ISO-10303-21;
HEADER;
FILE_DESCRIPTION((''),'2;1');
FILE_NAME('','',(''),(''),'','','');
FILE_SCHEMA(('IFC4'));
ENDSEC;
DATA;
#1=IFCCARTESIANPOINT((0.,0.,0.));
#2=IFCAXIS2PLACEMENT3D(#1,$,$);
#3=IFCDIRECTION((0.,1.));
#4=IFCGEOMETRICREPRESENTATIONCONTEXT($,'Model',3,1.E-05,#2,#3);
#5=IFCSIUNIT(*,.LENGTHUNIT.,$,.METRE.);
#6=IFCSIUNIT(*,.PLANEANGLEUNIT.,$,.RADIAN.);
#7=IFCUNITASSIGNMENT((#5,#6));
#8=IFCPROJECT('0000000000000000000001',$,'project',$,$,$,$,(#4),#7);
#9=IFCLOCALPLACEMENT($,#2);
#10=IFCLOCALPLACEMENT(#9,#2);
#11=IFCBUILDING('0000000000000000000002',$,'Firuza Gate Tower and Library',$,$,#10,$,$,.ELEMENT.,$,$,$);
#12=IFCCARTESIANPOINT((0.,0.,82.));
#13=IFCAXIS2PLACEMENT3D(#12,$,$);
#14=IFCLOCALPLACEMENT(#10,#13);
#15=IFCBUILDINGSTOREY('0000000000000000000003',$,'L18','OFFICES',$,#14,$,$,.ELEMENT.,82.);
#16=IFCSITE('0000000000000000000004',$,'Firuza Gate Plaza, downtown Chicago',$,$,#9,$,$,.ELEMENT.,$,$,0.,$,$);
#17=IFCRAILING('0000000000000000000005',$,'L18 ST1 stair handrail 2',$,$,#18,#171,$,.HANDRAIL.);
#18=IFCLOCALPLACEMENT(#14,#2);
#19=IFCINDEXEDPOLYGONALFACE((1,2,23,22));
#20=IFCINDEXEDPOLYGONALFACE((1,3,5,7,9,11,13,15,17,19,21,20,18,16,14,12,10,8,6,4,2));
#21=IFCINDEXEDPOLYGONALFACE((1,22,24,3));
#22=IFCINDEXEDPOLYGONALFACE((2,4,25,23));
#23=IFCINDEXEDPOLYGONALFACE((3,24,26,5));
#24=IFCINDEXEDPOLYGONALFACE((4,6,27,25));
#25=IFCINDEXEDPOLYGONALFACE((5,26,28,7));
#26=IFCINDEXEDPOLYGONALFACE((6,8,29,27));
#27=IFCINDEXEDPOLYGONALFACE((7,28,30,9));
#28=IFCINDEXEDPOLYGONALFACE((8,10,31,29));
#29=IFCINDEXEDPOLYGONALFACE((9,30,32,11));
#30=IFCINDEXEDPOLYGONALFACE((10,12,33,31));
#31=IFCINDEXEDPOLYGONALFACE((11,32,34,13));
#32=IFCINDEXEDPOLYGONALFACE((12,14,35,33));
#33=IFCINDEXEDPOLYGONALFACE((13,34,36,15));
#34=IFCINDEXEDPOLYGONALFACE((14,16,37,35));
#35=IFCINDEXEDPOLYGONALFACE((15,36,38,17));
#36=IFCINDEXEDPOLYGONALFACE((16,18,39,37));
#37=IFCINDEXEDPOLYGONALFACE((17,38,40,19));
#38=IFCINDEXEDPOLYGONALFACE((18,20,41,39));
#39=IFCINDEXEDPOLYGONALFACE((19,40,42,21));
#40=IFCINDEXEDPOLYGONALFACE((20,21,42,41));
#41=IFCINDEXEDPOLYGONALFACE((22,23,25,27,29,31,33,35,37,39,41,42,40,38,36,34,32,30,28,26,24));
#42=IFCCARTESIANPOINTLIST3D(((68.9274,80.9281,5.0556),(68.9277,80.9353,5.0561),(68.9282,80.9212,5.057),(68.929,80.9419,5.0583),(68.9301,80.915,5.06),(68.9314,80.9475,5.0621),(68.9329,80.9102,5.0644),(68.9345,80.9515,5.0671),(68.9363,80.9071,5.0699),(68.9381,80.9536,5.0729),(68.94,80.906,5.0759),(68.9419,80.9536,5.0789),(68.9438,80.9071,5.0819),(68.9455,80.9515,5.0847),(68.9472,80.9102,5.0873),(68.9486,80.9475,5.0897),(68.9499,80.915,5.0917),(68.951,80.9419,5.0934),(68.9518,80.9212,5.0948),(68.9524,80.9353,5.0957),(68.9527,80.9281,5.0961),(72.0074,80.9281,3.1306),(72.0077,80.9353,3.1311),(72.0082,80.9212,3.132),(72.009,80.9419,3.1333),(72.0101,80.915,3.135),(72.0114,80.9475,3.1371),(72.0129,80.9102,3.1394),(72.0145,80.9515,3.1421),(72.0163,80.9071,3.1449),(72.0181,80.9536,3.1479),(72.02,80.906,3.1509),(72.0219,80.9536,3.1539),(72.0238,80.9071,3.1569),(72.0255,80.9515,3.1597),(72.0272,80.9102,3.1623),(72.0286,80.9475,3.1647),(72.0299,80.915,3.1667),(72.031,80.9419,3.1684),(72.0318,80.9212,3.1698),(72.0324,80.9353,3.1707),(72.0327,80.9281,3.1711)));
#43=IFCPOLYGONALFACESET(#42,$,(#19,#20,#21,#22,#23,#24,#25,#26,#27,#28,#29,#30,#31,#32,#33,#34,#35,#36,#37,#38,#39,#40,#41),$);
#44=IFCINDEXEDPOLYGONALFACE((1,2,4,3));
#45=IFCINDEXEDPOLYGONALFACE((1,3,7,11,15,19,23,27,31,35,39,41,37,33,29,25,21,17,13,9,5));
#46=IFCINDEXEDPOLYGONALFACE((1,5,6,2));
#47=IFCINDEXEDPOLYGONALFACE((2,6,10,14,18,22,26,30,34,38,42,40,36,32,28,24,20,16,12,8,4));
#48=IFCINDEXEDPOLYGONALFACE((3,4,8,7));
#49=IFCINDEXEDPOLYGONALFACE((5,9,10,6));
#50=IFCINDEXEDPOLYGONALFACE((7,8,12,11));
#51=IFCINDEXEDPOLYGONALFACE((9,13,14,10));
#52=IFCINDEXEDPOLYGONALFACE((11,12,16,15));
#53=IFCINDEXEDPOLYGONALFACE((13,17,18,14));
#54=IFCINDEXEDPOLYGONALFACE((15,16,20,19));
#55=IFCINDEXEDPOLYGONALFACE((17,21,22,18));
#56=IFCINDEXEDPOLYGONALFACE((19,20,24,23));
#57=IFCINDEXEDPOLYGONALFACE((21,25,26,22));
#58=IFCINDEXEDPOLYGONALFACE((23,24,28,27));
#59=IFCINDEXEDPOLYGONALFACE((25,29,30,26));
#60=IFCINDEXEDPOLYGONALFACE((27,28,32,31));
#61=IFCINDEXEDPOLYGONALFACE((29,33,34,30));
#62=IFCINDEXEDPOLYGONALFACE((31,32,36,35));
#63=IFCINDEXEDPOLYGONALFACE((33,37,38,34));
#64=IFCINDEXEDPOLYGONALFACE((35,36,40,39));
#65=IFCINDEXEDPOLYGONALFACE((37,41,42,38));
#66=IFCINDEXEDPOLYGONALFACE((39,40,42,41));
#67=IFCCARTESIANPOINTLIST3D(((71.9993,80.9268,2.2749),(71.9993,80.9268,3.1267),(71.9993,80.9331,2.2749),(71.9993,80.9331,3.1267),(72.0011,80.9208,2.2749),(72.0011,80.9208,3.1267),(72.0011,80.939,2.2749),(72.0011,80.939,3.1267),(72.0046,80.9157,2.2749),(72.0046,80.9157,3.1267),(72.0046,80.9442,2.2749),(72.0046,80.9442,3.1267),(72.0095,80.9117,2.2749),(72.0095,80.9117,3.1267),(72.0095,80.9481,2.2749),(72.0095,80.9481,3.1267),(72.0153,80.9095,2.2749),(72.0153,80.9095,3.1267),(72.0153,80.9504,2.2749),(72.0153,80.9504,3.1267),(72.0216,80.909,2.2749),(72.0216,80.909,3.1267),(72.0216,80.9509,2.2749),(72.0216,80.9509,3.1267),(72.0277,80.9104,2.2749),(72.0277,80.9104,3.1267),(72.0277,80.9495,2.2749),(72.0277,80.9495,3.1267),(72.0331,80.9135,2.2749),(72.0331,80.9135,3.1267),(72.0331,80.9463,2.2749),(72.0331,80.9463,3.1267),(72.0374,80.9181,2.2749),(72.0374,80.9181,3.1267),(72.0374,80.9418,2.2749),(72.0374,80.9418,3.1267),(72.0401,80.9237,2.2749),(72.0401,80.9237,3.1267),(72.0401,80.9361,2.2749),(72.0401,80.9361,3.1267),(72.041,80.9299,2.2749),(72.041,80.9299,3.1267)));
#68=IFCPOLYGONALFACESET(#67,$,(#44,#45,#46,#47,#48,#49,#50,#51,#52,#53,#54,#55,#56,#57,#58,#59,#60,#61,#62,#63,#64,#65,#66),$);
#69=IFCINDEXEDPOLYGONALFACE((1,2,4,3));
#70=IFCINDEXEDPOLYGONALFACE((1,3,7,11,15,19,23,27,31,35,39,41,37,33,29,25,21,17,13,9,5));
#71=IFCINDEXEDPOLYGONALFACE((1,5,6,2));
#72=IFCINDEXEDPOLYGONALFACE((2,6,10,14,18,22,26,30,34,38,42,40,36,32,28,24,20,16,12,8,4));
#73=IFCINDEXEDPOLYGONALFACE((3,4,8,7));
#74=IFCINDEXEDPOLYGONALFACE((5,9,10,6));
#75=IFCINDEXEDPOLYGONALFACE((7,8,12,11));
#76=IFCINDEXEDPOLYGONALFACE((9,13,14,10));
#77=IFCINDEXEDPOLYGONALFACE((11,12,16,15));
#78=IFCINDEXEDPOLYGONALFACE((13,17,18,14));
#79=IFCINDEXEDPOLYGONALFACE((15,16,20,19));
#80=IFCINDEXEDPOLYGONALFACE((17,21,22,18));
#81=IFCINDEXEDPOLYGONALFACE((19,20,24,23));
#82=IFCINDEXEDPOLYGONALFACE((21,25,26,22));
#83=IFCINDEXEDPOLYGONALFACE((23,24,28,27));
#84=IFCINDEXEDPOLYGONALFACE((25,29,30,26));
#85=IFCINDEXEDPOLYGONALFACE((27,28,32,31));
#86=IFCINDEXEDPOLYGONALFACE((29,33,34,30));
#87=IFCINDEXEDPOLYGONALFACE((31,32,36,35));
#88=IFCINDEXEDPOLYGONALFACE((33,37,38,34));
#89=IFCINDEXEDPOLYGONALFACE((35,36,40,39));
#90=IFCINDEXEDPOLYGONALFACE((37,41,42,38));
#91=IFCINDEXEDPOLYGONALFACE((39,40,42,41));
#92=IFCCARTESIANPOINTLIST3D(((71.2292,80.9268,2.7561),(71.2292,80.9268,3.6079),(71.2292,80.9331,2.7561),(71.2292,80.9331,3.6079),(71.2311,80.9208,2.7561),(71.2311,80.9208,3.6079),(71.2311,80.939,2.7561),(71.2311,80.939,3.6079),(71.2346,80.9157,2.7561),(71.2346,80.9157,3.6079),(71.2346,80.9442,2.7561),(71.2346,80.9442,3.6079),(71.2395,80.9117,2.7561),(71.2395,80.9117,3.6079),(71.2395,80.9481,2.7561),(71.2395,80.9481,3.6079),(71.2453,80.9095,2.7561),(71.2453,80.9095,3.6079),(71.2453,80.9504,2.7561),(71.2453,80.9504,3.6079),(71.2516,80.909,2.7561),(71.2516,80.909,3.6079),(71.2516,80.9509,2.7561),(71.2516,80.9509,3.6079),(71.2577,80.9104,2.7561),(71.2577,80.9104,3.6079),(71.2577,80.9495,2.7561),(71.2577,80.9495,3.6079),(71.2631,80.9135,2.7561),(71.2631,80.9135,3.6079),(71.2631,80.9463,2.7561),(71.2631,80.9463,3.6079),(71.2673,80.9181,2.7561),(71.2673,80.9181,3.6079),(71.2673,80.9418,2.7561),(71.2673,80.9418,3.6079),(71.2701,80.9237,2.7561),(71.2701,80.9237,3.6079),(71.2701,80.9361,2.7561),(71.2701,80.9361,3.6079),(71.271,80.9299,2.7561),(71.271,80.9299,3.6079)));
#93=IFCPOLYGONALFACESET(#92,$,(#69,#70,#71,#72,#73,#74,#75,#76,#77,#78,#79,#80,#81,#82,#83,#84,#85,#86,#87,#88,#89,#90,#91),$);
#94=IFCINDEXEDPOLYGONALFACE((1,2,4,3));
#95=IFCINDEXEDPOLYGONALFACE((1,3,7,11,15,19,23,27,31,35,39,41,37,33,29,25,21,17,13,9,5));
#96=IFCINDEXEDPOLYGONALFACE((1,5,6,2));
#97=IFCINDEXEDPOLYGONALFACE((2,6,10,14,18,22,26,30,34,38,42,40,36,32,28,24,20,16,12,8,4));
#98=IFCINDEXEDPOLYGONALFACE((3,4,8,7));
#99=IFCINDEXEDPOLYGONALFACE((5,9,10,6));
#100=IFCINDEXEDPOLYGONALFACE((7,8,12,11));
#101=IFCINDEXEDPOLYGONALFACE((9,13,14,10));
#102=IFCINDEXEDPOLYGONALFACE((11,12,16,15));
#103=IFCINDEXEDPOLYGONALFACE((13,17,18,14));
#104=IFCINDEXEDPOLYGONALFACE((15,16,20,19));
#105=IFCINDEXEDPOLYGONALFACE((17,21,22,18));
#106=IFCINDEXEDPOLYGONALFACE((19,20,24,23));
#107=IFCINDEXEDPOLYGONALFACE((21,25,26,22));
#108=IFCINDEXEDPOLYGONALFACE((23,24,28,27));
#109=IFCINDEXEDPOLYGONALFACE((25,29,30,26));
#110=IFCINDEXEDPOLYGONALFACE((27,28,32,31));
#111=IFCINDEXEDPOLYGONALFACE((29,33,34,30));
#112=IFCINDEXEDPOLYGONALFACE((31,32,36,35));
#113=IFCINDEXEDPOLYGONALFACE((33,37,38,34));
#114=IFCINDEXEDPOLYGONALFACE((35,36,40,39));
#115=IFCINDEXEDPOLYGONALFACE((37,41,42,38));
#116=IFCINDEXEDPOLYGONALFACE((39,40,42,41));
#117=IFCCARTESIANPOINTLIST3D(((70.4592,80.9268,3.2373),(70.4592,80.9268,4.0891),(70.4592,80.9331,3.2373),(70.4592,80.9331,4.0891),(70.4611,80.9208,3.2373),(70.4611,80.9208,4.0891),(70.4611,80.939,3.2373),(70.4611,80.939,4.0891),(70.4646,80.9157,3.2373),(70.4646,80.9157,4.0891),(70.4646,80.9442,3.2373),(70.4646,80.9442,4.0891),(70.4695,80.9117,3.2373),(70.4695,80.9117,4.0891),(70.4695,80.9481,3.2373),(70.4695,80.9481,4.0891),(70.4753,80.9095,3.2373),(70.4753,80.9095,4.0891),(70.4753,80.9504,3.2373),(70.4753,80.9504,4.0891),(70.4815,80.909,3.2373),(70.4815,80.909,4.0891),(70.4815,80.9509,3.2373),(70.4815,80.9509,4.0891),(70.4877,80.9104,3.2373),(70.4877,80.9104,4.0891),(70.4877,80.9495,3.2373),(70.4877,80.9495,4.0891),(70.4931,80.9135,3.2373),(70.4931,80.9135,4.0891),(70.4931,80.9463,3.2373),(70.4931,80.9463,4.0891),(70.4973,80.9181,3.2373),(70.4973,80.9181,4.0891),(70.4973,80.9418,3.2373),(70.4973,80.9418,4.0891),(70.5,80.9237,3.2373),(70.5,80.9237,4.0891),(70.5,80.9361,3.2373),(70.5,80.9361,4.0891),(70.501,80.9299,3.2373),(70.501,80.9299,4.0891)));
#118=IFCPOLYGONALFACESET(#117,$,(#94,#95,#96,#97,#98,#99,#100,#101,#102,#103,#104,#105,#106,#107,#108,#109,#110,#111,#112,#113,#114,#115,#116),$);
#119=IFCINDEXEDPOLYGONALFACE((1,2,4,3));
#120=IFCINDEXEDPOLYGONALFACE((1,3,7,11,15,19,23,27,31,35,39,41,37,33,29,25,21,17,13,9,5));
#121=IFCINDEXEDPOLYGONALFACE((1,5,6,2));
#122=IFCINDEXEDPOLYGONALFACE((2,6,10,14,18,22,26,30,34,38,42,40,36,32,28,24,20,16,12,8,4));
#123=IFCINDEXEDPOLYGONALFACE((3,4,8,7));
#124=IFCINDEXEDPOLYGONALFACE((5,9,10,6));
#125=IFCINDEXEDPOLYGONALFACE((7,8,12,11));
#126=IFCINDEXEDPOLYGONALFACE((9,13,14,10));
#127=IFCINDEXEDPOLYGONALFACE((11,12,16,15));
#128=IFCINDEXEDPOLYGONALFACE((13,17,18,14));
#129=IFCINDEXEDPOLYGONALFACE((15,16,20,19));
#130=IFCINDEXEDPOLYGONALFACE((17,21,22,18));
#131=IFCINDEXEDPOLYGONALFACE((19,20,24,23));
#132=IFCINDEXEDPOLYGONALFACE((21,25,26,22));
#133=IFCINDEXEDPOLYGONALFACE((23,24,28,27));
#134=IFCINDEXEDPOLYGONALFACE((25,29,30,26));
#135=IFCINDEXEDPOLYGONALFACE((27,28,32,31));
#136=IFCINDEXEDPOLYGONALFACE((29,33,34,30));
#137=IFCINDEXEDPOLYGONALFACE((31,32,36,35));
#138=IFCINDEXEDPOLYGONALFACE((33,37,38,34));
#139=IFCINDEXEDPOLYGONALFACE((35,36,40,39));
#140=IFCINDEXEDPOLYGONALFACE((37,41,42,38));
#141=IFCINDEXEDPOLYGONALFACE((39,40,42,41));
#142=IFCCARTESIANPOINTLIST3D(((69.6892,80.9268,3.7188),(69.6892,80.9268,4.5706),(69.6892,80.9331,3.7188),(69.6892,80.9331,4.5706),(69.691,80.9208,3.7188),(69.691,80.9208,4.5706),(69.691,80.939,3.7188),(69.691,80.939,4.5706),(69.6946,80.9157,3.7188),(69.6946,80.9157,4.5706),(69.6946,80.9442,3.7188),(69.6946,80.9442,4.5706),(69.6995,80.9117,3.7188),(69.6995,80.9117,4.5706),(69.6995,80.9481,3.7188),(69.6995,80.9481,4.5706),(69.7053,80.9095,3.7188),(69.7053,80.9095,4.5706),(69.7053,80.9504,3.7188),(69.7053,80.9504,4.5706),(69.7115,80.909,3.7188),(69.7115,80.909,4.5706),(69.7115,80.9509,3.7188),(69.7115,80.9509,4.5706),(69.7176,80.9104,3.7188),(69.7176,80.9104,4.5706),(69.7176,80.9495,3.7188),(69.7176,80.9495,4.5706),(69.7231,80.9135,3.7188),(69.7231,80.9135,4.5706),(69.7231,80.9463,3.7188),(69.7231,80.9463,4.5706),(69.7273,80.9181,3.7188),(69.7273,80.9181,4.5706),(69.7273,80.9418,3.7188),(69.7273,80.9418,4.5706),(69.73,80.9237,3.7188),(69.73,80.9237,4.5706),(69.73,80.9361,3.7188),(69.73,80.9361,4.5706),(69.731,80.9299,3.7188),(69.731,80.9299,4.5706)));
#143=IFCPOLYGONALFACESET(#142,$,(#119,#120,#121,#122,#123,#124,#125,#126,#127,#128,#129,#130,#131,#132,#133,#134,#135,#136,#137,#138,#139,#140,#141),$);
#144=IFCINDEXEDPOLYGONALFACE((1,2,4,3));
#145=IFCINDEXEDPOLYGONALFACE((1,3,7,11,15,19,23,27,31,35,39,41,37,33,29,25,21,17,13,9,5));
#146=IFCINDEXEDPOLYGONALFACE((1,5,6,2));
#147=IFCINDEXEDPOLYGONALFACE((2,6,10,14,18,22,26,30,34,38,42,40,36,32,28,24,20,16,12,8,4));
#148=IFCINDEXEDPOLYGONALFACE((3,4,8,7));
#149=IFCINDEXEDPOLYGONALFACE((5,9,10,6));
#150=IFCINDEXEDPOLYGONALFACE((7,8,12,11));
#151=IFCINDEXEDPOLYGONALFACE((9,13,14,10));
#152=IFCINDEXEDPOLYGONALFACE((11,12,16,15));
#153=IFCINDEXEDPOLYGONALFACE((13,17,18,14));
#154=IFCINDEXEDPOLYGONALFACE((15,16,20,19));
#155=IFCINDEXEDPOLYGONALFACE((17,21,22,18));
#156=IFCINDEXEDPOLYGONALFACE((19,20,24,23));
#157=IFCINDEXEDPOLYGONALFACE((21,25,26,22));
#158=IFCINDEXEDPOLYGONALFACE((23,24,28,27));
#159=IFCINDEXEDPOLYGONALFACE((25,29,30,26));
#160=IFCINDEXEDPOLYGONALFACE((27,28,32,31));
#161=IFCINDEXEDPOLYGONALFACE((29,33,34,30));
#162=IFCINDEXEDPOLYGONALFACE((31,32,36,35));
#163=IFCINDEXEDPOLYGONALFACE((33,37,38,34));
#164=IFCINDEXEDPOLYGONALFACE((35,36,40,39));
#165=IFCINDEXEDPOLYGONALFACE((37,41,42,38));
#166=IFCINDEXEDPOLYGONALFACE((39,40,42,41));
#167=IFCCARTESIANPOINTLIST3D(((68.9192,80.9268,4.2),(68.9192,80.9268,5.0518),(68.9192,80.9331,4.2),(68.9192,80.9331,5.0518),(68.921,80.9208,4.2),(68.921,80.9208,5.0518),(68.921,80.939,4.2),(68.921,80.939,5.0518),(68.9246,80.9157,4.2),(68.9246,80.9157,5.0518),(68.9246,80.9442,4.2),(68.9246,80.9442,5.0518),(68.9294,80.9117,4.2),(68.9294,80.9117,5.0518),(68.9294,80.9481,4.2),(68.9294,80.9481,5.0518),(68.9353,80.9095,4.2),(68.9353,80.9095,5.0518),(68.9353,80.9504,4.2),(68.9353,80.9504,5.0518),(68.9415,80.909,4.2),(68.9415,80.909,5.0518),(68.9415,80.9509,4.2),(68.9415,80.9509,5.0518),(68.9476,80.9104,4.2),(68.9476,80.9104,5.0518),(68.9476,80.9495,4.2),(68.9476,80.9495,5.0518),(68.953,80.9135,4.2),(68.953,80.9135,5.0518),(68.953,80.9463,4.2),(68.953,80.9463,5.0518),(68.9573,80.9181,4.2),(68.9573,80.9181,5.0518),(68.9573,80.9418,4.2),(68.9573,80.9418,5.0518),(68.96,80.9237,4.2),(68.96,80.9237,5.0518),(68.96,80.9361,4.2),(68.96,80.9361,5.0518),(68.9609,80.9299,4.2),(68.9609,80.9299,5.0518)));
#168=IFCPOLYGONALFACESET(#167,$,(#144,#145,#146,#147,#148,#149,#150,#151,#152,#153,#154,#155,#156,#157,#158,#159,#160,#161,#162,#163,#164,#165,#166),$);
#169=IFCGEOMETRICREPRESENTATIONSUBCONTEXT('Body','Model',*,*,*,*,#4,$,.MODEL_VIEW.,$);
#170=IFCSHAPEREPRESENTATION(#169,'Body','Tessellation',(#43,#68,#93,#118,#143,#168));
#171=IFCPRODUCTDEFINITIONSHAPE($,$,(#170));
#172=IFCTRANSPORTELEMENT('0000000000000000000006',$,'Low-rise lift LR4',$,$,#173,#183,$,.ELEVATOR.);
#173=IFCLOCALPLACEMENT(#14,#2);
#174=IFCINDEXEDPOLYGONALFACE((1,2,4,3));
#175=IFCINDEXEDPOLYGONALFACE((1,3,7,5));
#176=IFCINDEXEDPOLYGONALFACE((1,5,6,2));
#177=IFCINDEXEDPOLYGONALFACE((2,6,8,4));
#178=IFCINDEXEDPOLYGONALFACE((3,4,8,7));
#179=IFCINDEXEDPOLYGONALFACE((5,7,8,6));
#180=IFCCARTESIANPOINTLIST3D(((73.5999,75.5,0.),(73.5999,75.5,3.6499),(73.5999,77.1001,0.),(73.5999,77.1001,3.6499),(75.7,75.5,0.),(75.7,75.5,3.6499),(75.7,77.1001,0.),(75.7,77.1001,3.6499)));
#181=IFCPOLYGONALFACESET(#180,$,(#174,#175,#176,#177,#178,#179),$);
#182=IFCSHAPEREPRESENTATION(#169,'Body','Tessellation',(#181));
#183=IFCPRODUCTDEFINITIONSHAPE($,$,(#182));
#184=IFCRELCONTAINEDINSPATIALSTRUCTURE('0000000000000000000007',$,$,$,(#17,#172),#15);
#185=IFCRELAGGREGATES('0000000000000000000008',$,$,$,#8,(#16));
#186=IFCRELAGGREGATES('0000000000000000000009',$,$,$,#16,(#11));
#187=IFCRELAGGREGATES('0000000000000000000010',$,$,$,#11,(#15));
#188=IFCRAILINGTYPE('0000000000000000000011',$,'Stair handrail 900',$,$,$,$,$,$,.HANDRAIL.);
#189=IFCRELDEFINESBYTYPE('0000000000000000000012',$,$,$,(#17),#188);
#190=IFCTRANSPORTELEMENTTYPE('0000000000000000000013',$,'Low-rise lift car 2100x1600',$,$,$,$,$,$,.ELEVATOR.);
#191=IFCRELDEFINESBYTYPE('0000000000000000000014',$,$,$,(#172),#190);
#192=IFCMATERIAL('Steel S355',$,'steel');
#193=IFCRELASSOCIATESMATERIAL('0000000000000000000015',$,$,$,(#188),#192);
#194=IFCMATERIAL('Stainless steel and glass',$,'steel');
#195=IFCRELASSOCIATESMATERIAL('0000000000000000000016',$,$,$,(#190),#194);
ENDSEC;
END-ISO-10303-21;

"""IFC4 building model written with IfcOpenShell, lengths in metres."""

from ifc_helpers import new_model, si_unit, direction, frame, origin, origin_2d, place, context, subcontext, project, spatial, rectangle, circle, extrude, material, type_object, element, save


model = new_model("IFC4")

# Units and contexts
model_context = context("Model", 3, precision=1e-05, world=origin(), true_north=direction((0.0, 1.0)))
body_context = subcontext(model_context, "Body", "Model", "MODEL_VIEW")
ifc_project = project(units=[si_unit("LENGTHUNIT", "METRE"), si_unit("PLANEANGLEUNIT", "RADIAN")], contexts=[model_context])

# Site, building, storey
site_placement = place(None, origin())
site = spatial("IfcSite", under=ifc_project, at=site_placement, Name="Firuza Gate Plaza, downtown Chicago", CompositionType="ELEMENT", RefElevation=0.0)
building_placement = place(site_placement, origin())
building = spatial("IfcBuilding", under=site, at=building_placement, Name="Firuza Gate Tower and Library", CompositionType="ELEMENT")
storey_placement = place(building_placement, frame((0.0, 0.0, 82.0)))
storey = spatial("IfcBuildingStorey", under=building, at=storey_placement, Name="L18", Description="OFFICES", CompositionType="ELEMENT", Elevation=82.0)

# Railing
ifc_material_1 = material(Name="Steel S355", Category="steel")
railing_type_1 = type_object("IfcRailingType", Name="Stair handrail 900", PredefinedType="HANDRAIL", material=ifc_material_1)
railing_1_placement = place(storey_placement, frame((72.02, 80.9299, 2.2749)))
element("IfcRailing", 1, at=railing_1_placement, inside=storey, type_object=railing_type_1, Name="L18 ST1 stair handrail 2", PredefinedType="HANDRAIL", context=body_context, shape_type="SweptSolid", body=[
    extrude(circle(Radius=0.0239, at=origin_2d()), frame((0.0, 0.0, 0.876), z_axis=(-0.847998, 0.0, 0.529999), x_axis=(0.0, -1.0, 0.0)), (0.0, 0.0, 1.0), 3.6321),
    extrude(circle(Radius=0.021, at=origin_2d()), origin(), (0.0, 0.0, 1.0), 0.8518),
    extrude(circle(Radius=0.021, at=origin_2d()), frame((-0.77, 0.0, 0.4812)), (0.0, 0.0, 1.0), 0.8518),
    extrude(circle(Radius=0.021, at=origin_2d()), frame((-1.54, 0.0, 0.9624)), (0.0, 0.0, 1.0), 0.8518),
    extrude(circle(Radius=0.021, at=origin_2d()), frame((-2.3101, 0.0, 1.4438)), (0.0, 0.0, 1.0), 0.8518),
    extrude(circle(Radius=0.021, at=origin_2d()), frame((-3.0801, 0.0, 1.925)), (0.0, 0.0, 1.0), 0.8518),
])

# Transport element
ifc_material_2 = material(Name="Stainless steel and glass", Category="steel")
transport_element_type = type_object("IfcTransportElementType", Name="Low-rise lift car 2100x1600", PredefinedType="ELEVATOR", material=ifc_material_2)
transport_element_placement = place(storey_placement, frame((74.6499, 76.3, 0.0), z_axis=(0.0, 0.0, 1.0), x_axis=(1.0, 0.0, 0.0)))
element("IfcTransportElement", 2, at=transport_element_placement, inside=storey, type_object=transport_element_type, Name="Low-rise lift LR4", PredefinedType="ELEVATOR", context=body_context, shape_type="SweptSolid", body=[
    extrude(rectangle(XDim=2.1001, YDim=1.6001, at=origin_2d()), origin(), (0.0, 0.0, 1.0), 3.6499),
])

save(model, "model.ifc")
